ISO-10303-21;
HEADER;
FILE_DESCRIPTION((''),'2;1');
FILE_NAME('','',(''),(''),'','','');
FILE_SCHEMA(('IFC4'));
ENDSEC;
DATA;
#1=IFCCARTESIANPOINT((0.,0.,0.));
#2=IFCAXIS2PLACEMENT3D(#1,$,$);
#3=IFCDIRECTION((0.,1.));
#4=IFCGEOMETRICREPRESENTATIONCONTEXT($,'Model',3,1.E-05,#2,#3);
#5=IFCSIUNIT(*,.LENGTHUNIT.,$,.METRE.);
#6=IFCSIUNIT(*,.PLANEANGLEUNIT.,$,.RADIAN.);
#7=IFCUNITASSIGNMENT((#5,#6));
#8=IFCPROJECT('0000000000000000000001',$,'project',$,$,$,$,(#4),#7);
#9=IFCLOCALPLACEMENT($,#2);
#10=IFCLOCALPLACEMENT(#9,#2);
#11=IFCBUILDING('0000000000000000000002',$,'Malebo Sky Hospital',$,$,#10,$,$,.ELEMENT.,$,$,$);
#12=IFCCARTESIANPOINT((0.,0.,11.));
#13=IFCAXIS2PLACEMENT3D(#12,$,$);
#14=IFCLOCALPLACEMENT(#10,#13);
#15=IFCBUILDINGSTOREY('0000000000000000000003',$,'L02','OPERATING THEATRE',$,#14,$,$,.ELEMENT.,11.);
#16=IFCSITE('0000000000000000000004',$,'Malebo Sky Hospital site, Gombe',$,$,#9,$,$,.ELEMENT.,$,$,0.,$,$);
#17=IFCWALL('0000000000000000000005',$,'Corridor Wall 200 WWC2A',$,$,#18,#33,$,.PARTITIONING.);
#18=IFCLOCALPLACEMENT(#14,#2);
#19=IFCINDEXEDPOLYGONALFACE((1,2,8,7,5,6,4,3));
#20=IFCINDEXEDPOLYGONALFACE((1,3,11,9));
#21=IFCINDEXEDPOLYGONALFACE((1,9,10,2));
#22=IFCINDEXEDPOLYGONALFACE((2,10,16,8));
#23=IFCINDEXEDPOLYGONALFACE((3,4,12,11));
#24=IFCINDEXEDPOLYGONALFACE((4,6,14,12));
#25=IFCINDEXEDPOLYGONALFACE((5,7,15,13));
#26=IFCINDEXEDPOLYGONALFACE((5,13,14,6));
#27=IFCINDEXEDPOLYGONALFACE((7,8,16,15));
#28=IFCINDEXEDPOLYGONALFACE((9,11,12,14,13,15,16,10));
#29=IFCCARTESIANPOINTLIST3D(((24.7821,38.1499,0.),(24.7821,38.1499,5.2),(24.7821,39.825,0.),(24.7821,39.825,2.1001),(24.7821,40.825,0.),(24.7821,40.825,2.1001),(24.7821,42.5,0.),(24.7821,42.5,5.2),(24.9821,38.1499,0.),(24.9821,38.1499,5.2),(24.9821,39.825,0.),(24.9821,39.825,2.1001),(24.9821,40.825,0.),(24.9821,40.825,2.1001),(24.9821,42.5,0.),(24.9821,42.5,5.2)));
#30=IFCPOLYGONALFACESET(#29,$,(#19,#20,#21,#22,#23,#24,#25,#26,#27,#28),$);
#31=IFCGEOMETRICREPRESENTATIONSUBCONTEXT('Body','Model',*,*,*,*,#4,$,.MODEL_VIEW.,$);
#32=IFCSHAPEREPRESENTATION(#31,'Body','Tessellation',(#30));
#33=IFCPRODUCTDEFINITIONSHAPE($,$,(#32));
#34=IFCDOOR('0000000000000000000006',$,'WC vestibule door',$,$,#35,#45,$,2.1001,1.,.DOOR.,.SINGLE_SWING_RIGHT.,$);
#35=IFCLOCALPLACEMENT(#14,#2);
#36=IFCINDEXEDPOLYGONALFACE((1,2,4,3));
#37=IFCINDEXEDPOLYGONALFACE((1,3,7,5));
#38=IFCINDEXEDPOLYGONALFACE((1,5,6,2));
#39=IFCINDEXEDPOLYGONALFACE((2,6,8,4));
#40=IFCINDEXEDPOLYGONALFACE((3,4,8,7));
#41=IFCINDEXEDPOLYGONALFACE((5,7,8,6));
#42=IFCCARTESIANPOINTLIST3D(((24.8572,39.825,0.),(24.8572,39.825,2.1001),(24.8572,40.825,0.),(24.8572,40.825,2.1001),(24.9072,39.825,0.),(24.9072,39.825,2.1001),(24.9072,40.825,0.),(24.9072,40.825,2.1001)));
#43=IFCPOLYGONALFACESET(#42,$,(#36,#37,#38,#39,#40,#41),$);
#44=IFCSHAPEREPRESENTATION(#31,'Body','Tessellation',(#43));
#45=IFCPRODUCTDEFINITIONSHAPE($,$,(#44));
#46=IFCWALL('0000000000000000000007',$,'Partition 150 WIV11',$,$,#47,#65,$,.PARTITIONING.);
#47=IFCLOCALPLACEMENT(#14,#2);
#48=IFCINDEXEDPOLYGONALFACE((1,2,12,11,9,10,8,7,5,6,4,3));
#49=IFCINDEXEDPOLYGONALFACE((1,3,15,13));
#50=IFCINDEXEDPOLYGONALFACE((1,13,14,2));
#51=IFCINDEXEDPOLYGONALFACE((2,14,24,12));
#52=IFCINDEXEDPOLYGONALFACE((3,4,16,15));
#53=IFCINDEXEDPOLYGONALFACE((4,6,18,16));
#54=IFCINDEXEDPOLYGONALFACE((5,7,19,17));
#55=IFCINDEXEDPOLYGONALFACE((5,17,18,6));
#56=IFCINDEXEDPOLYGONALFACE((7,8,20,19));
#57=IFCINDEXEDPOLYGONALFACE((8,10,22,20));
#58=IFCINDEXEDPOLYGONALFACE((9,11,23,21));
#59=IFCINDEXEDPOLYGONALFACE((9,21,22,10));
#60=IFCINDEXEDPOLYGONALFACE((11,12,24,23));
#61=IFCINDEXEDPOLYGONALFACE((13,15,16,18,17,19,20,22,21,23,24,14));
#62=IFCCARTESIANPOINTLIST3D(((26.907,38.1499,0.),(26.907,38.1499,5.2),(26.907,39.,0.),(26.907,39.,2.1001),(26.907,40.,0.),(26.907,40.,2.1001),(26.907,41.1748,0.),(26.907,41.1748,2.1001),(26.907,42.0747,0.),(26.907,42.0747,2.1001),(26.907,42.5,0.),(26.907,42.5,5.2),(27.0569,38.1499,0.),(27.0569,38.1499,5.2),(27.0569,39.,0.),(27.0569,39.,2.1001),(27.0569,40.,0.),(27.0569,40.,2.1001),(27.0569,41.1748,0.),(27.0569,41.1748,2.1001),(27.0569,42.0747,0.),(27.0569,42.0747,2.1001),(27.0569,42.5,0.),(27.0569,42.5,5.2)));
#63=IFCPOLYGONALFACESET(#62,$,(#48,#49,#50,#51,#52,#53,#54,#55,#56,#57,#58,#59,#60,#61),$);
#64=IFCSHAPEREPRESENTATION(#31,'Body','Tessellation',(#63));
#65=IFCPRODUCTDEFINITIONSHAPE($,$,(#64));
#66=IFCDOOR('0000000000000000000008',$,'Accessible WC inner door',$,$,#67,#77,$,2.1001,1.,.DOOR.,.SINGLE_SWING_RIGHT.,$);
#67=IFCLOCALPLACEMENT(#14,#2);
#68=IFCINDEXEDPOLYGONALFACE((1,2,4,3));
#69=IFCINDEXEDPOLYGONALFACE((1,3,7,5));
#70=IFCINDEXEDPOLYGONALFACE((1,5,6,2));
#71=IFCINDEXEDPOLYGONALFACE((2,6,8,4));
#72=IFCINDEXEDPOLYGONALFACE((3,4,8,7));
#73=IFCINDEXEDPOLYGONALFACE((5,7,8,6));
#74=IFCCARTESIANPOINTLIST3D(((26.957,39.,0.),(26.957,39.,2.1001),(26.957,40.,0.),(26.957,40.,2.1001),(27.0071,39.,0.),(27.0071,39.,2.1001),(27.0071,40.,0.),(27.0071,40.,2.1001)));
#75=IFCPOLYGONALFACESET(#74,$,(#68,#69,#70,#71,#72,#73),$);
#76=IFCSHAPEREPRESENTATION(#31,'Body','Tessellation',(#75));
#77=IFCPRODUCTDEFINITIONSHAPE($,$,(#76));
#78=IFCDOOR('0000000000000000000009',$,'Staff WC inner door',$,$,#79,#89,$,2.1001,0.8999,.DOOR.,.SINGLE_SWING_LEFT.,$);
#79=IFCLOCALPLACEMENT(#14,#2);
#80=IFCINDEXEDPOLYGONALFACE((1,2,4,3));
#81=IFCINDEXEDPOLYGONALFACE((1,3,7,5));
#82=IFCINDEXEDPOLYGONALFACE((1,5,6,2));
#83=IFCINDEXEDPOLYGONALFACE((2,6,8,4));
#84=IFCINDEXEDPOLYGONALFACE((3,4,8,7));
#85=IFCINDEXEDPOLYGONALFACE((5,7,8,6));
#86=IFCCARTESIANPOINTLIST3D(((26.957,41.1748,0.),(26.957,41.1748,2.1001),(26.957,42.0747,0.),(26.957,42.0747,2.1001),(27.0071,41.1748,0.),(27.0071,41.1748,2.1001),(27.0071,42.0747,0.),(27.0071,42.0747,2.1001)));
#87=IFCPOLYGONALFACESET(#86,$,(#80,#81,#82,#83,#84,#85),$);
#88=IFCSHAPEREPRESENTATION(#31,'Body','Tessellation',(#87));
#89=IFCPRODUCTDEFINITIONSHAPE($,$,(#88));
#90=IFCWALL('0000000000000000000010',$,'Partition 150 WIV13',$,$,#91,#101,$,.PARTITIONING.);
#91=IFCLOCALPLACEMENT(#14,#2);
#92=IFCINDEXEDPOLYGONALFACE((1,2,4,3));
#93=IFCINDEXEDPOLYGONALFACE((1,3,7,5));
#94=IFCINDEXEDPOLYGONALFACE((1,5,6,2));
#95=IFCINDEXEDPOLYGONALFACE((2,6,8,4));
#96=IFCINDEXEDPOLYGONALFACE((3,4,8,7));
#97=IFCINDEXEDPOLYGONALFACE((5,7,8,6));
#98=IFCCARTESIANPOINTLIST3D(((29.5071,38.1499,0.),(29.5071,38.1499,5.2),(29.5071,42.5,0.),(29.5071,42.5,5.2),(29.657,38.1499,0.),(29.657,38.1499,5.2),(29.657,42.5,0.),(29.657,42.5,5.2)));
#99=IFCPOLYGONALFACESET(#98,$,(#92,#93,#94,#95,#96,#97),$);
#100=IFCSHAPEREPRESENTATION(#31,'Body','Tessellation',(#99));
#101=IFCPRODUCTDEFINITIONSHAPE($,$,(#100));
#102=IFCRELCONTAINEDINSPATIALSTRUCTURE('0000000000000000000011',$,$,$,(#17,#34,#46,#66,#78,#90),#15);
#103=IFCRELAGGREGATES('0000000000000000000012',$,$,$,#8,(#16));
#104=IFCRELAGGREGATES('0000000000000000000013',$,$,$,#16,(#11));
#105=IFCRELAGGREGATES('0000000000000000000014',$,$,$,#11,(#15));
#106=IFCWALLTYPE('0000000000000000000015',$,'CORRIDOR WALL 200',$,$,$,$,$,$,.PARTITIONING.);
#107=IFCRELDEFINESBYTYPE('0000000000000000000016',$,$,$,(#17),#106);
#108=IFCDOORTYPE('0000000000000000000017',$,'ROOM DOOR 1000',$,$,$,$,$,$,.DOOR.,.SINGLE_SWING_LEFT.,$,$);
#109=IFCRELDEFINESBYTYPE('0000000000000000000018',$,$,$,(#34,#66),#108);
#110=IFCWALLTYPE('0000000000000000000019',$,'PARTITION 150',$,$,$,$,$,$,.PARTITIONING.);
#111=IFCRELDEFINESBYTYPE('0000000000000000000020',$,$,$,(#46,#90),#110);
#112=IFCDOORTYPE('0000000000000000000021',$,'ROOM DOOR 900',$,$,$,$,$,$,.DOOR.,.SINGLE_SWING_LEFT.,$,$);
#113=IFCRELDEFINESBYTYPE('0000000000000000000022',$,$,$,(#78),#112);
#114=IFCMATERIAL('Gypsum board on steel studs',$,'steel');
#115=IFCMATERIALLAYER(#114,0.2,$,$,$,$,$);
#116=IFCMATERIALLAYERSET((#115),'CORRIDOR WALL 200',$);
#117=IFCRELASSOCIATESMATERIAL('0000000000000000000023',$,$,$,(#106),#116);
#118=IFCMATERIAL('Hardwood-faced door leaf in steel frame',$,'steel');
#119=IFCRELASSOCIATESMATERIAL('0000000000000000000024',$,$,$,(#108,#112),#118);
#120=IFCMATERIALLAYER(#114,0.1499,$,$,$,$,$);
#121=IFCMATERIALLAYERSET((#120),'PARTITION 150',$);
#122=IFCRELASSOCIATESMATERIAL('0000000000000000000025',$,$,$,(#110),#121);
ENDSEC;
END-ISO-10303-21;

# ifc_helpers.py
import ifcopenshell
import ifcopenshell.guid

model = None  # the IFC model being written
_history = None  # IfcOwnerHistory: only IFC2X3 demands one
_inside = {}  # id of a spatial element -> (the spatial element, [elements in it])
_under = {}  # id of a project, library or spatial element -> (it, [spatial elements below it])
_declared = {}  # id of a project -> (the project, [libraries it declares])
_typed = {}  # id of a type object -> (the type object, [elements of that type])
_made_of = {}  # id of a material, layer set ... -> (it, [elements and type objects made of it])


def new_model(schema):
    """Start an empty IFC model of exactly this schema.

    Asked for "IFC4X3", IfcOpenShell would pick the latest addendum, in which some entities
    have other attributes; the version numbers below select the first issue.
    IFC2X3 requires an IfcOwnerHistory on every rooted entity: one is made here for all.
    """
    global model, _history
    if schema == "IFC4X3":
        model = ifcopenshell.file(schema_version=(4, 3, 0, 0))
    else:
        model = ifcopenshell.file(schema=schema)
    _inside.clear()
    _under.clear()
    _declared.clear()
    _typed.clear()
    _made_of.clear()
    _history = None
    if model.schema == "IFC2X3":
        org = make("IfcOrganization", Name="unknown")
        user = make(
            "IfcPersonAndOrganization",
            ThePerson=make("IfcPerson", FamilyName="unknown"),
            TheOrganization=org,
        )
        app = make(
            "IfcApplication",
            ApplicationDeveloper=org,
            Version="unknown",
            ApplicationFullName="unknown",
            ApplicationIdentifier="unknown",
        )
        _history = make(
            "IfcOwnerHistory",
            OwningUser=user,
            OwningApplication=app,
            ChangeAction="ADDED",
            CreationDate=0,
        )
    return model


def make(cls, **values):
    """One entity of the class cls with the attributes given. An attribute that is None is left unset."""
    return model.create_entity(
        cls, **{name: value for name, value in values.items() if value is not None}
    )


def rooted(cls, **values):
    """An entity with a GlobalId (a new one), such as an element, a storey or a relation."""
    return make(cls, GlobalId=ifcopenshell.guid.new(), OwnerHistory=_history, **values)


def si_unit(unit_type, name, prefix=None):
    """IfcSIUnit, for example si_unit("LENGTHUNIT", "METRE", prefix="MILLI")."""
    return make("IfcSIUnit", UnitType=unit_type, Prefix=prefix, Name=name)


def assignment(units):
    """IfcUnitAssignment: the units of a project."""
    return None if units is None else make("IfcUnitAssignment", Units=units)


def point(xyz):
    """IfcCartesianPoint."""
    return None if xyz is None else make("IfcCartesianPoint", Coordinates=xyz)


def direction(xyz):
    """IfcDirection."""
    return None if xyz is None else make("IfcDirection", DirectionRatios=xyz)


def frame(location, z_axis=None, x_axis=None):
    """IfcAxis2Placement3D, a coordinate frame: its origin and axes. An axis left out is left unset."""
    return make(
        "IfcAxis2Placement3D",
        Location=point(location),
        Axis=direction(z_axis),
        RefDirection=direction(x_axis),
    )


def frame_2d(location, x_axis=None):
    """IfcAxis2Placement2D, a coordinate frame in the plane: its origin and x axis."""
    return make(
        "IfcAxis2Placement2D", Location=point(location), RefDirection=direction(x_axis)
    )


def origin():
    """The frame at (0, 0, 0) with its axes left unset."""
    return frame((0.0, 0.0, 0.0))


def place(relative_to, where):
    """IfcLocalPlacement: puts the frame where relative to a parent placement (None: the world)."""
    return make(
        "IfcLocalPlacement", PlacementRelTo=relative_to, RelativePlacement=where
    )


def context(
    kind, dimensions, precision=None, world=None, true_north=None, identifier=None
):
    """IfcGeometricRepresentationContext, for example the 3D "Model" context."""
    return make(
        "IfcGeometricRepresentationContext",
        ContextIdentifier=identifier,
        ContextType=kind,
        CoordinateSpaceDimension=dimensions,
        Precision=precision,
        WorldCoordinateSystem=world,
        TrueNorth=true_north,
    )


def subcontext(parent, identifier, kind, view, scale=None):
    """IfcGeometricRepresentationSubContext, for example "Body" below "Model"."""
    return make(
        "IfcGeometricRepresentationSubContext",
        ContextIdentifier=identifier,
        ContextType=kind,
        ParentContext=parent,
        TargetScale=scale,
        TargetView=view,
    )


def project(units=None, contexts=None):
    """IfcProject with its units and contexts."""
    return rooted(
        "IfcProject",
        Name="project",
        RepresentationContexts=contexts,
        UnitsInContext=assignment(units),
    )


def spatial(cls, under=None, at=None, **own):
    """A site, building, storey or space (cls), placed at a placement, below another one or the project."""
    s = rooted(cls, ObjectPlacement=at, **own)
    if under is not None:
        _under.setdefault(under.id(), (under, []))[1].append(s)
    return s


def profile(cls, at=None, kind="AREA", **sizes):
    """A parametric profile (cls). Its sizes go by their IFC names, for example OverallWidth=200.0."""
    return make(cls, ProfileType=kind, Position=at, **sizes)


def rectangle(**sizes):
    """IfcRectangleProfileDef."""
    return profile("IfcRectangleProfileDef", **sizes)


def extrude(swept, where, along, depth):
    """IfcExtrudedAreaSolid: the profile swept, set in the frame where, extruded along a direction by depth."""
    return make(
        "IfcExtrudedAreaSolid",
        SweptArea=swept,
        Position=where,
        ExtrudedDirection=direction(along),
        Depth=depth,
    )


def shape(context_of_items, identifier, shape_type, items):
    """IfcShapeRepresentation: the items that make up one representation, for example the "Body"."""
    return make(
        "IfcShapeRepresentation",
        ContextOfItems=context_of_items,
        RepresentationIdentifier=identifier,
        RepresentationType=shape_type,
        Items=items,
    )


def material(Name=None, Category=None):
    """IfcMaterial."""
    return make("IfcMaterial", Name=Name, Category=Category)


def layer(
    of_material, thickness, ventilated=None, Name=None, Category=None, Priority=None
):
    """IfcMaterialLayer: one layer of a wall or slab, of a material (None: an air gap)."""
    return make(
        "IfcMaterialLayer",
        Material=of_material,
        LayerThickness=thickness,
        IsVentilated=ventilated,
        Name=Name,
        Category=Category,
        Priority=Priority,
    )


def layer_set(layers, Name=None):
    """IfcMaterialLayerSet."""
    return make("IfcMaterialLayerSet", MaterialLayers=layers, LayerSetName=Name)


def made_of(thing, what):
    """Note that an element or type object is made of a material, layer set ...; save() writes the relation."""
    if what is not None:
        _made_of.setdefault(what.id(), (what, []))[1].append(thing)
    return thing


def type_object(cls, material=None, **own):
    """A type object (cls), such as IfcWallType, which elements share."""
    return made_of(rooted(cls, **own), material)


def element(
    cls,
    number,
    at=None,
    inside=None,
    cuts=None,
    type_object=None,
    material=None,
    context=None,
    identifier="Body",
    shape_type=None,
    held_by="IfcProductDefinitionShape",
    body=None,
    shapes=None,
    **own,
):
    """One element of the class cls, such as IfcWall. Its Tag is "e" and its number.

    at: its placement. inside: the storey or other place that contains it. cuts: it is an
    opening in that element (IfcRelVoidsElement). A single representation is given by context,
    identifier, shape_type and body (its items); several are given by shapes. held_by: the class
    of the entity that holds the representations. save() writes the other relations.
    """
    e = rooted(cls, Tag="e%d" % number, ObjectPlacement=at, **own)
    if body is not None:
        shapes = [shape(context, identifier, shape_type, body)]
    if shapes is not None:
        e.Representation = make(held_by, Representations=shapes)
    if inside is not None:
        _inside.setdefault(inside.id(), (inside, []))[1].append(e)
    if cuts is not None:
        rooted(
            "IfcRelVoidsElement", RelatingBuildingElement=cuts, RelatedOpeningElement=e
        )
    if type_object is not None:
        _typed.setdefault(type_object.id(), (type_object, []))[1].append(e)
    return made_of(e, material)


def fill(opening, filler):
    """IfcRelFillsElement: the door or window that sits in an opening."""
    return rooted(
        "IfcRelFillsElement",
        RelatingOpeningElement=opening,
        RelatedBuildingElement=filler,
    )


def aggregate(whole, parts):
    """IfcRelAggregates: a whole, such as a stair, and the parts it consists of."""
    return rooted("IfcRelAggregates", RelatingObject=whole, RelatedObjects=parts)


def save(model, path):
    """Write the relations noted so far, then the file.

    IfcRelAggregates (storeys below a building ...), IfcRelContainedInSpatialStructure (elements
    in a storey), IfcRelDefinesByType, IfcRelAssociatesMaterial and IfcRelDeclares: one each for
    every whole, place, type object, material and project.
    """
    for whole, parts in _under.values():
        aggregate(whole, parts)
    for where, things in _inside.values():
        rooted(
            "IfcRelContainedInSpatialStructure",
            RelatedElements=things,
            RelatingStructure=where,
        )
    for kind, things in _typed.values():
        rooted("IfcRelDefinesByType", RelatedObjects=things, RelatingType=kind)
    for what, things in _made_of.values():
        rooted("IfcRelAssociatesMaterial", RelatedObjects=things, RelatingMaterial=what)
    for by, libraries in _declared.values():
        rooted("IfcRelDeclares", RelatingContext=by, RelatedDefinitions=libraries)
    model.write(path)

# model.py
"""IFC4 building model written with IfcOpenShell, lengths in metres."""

from ifc_helpers import new_model, si_unit, direction, frame, frame_2d, origin, place, context, subcontext, project, spatial, rectangle, extrude, material, layer, layer_set, type_object, element, fill, save


model = new_model("IFC4")

# Units and contexts
model_context = context("Model", 3, precision=1e-05, world=origin(), true_north=direction((0.0, 1.0)))
body_context = subcontext(model_context, "Body", "Model", "MODEL_VIEW")
ifc_project = project(units=[si_unit("LENGTHUNIT", "METRE"), si_unit("PLANEANGLEUNIT", "RADIAN")], contexts=[model_context])

# Site, building, storey
site_placement = place(None, origin())
site = spatial("IfcSite", under=ifc_project, at=site_placement, Name="Malebo Sky Hospital site, Gombe", CompositionType="ELEMENT", RefElevation=0.0)
building_placement = place(site_placement, origin())
building = spatial("IfcBuilding", under=site, at=building_placement, Name="Malebo Sky Hospital", CompositionType="ELEMENT")
storey_placement = place(building_placement, frame((0.0, 0.0, 11.0)))
storey = spatial("IfcBuildingStorey", under=building, at=storey_placement, Name="L02", Description="OPERATING THEATRE", CompositionType="ELEMENT", Elevation=11.0)

# Wall, opening, door
ifc_material_1 = material(Name="Gypsum board on steel studs", Category="steel")
ifc_layer_1 = layer(ifc_material_1, 0.2)
ifc_layer_set_1 = layer_set([ifc_layer_1], Name="CORRIDOR WALL 200")
wall_type_1 = type_object("IfcWallType", Name="CORRIDOR WALL 200", PredefinedType="PARTITIONING", material=ifc_layer_set_1)
wall_1_placement = place(storey_placement, frame((24.8821, 38.1499, 0.0), z_axis=(0.0, 0.0, 1.0), x_axis=(0.0, 1.0, 0.0)))
wall_1 = element("IfcWall", 1, at=wall_1_placement, inside=storey, type_object=wall_type_1, Name="Corridor Wall 200 WWC2A", PredefinedType="PARTITIONING", context=body_context, shape_type="SweptSolid", body=[
    extrude(rectangle(XDim=4.3501, YDim=0.2, at=frame_2d((2.175, 0.0))), origin(), (0.0, 0.0, 1.0), 5.2),
])
opening_1_placement = place(wall_1_placement, frame((1.675, 0.0, 0.0)))
opening_1 = element("IfcOpeningElement", 2, at=opening_1_placement, cuts=wall_1, PredefinedType="OPENING", context=body_context, shape_type="SweptSolid", body=[
    extrude(rectangle(XDim=1.0, YDim=2.1001, at=frame_2d((0.5, 1.05))), frame((0.0, 0.1099, 0.0), z_axis=(0.0, -1.0, 0.0), x_axis=(1.0, 0.0, 0.0)), (0.0, 0.0, 1.0), 0.22),
])
ifc_material_2 = material(Name="Hardwood-faced door leaf in steel frame", Category="steel")
door_type_1 = type_object("IfcDoorType", Name="ROOM DOOR 1000", OperationType="SINGLE_SWING_LEFT", PredefinedType="DOOR", material=ifc_material_2)
door_1_placement = place(opening_1_placement, origin())
door_1 = element("IfcDoor", 3, at=door_1_placement, inside=storey, type_object=door_type_1, Name="WC vestibule door", OperationType="SINGLE_SWING_RIGHT", OverallHeight=2.1001, OverallWidth=1.0, PredefinedType="DOOR", context=body_context, shape_type="SweptSolid", body=[
    extrude(rectangle(XDim=1.0, YDim=2.1001, at=frame_2d((0.5, 1.05))), frame((0.0, 0.0249, 0.0), z_axis=(0.0, -1.0, 0.0), x_axis=(1.0, 0.0, 0.0)), (0.0, 0.0, 1.0), 0.05),
])
fill(opening_1, door_1)

# Wall, openings, doors
ifc_layer_2 = layer(ifc_material_1, 0.1499)
ifc_layer_set_2 = layer_set([ifc_layer_2], Name="PARTITION 150")
wall_type_2 = type_object("IfcWallType", Name="PARTITION 150", PredefinedType="PARTITIONING", material=ifc_layer_set_2)
wall_2_placement = place(storey_placement, frame((26.9819, 38.1499, 0.0), z_axis=(0.0, 0.0, 1.0), x_axis=(0.0, 1.0, 0.0)))
wall_2 = element("IfcWall", 4, at=wall_2_placement, inside=storey, type_object=wall_type_2, Name="Partition 150 WIV11", PredefinedType="PARTITIONING", context=body_context, shape_type="SweptSolid", body=[
    extrude(rectangle(XDim=4.3501, YDim=0.1499, at=frame_2d((2.175, 0.0))), origin(), (0.0, 0.0, 1.0), 5.2),
])
opening_2_placement = place(wall_2_placement, frame((0.8501, 0.0, 0.0)))
opening_2 = element("IfcOpeningElement", 5, at=opening_2_placement, cuts=wall_2, PredefinedType="OPENING", context=body_context, shape_type="SweptSolid", body=[
    extrude(rectangle(XDim=1.0, YDim=2.1001, at=frame_2d((0.5, 1.05))), frame((0.0, 0.085, 0.0), z_axis=(0.0, -1.0, 0.0), x_axis=(1.0, 0.0, 0.0)), (0.0, 0.0, 1.0), 0.1699),
])
opening_3_placement = place(wall_2_placement, frame((3.0249, 0.0, 0.0)))
opening_3 = element("IfcOpeningElement", 6, at=opening_3_placement, cuts=wall_2, PredefinedType="OPENING", context=body_context, shape_type="SweptSolid", body=[
    extrude(rectangle(XDim=0.8999, YDim=2.1001, at=frame_2d((0.45, 1.05))), frame((0.0, 0.085, 0.0), z_axis=(0.0, -1.0, 0.0), x_axis=(1.0, 0.0, 0.0)), (0.0, 0.0, 1.0), 0.1699),
])
door_2_placement = place(opening_2_placement, origin())
door_2 = element("IfcDoor", 7, at=door_2_placement, inside=storey, type_object=door_type_1, Name="Accessible WC inner door", OperationType="SINGLE_SWING_RIGHT", OverallHeight=2.1001, OverallWidth=1.0, PredefinedType="DOOR", context=body_context, shape_type="SweptSolid", body=[
    extrude(rectangle(XDim=1.0, YDim=2.1001, at=frame_2d((0.5, 1.05))), frame((0.0, 0.0249, 0.0), z_axis=(0.0, -1.0, 0.0), x_axis=(1.0, 0.0, 0.0)), (0.0, 0.0, 1.0), 0.05),
])
fill(opening_2, door_2)
door_type_2 = type_object("IfcDoorType", Name="ROOM DOOR 900", OperationType="SINGLE_SWING_LEFT", PredefinedType="DOOR", material=ifc_material_2)
door_3_placement = place(opening_3_placement, origin())
door_3 = element("IfcDoor", 8, at=door_3_placement, inside=storey, type_object=door_type_2, Name="Staff WC inner door", OperationType="SINGLE_SWING_LEFT", OverallHeight=2.1001, OverallWidth=0.8999, PredefinedType="DOOR", context=body_context, shape_type="SweptSolid", body=[
    extrude(rectangle(XDim=0.8999, YDim=2.1001, at=frame_2d((0.45, 1.05))), frame((0.0, 0.0249, 0.0), z_axis=(0.0, -1.0, 0.0), x_axis=(1.0, 0.0, 0.0)), (0.0, 0.0, 1.0), 0.05),
])
fill(opening_3, door_3)

# Wall
wall_3_placement = place(storey_placement, frame((29.582, 38.1499, 0.0), z_axis=(0.0, 0.0, 1.0), x_axis=(0.0, 1.0, 0.0)))
element("IfcWall", 9, at=wall_3_placement, inside=storey, type_object=wall_type_2, Name="Partition 150 WIV13", PredefinedType="PARTITIONING", context=body_context, shape_type="SweptSolid", body=[
    extrude(rectangle(XDim=4.3501, YDim=0.1499, at=frame_2d((2.175, 0.0))), origin(), (0.0, 0.0, 1.0), 5.2),
])

save(model, "model.ifc")
